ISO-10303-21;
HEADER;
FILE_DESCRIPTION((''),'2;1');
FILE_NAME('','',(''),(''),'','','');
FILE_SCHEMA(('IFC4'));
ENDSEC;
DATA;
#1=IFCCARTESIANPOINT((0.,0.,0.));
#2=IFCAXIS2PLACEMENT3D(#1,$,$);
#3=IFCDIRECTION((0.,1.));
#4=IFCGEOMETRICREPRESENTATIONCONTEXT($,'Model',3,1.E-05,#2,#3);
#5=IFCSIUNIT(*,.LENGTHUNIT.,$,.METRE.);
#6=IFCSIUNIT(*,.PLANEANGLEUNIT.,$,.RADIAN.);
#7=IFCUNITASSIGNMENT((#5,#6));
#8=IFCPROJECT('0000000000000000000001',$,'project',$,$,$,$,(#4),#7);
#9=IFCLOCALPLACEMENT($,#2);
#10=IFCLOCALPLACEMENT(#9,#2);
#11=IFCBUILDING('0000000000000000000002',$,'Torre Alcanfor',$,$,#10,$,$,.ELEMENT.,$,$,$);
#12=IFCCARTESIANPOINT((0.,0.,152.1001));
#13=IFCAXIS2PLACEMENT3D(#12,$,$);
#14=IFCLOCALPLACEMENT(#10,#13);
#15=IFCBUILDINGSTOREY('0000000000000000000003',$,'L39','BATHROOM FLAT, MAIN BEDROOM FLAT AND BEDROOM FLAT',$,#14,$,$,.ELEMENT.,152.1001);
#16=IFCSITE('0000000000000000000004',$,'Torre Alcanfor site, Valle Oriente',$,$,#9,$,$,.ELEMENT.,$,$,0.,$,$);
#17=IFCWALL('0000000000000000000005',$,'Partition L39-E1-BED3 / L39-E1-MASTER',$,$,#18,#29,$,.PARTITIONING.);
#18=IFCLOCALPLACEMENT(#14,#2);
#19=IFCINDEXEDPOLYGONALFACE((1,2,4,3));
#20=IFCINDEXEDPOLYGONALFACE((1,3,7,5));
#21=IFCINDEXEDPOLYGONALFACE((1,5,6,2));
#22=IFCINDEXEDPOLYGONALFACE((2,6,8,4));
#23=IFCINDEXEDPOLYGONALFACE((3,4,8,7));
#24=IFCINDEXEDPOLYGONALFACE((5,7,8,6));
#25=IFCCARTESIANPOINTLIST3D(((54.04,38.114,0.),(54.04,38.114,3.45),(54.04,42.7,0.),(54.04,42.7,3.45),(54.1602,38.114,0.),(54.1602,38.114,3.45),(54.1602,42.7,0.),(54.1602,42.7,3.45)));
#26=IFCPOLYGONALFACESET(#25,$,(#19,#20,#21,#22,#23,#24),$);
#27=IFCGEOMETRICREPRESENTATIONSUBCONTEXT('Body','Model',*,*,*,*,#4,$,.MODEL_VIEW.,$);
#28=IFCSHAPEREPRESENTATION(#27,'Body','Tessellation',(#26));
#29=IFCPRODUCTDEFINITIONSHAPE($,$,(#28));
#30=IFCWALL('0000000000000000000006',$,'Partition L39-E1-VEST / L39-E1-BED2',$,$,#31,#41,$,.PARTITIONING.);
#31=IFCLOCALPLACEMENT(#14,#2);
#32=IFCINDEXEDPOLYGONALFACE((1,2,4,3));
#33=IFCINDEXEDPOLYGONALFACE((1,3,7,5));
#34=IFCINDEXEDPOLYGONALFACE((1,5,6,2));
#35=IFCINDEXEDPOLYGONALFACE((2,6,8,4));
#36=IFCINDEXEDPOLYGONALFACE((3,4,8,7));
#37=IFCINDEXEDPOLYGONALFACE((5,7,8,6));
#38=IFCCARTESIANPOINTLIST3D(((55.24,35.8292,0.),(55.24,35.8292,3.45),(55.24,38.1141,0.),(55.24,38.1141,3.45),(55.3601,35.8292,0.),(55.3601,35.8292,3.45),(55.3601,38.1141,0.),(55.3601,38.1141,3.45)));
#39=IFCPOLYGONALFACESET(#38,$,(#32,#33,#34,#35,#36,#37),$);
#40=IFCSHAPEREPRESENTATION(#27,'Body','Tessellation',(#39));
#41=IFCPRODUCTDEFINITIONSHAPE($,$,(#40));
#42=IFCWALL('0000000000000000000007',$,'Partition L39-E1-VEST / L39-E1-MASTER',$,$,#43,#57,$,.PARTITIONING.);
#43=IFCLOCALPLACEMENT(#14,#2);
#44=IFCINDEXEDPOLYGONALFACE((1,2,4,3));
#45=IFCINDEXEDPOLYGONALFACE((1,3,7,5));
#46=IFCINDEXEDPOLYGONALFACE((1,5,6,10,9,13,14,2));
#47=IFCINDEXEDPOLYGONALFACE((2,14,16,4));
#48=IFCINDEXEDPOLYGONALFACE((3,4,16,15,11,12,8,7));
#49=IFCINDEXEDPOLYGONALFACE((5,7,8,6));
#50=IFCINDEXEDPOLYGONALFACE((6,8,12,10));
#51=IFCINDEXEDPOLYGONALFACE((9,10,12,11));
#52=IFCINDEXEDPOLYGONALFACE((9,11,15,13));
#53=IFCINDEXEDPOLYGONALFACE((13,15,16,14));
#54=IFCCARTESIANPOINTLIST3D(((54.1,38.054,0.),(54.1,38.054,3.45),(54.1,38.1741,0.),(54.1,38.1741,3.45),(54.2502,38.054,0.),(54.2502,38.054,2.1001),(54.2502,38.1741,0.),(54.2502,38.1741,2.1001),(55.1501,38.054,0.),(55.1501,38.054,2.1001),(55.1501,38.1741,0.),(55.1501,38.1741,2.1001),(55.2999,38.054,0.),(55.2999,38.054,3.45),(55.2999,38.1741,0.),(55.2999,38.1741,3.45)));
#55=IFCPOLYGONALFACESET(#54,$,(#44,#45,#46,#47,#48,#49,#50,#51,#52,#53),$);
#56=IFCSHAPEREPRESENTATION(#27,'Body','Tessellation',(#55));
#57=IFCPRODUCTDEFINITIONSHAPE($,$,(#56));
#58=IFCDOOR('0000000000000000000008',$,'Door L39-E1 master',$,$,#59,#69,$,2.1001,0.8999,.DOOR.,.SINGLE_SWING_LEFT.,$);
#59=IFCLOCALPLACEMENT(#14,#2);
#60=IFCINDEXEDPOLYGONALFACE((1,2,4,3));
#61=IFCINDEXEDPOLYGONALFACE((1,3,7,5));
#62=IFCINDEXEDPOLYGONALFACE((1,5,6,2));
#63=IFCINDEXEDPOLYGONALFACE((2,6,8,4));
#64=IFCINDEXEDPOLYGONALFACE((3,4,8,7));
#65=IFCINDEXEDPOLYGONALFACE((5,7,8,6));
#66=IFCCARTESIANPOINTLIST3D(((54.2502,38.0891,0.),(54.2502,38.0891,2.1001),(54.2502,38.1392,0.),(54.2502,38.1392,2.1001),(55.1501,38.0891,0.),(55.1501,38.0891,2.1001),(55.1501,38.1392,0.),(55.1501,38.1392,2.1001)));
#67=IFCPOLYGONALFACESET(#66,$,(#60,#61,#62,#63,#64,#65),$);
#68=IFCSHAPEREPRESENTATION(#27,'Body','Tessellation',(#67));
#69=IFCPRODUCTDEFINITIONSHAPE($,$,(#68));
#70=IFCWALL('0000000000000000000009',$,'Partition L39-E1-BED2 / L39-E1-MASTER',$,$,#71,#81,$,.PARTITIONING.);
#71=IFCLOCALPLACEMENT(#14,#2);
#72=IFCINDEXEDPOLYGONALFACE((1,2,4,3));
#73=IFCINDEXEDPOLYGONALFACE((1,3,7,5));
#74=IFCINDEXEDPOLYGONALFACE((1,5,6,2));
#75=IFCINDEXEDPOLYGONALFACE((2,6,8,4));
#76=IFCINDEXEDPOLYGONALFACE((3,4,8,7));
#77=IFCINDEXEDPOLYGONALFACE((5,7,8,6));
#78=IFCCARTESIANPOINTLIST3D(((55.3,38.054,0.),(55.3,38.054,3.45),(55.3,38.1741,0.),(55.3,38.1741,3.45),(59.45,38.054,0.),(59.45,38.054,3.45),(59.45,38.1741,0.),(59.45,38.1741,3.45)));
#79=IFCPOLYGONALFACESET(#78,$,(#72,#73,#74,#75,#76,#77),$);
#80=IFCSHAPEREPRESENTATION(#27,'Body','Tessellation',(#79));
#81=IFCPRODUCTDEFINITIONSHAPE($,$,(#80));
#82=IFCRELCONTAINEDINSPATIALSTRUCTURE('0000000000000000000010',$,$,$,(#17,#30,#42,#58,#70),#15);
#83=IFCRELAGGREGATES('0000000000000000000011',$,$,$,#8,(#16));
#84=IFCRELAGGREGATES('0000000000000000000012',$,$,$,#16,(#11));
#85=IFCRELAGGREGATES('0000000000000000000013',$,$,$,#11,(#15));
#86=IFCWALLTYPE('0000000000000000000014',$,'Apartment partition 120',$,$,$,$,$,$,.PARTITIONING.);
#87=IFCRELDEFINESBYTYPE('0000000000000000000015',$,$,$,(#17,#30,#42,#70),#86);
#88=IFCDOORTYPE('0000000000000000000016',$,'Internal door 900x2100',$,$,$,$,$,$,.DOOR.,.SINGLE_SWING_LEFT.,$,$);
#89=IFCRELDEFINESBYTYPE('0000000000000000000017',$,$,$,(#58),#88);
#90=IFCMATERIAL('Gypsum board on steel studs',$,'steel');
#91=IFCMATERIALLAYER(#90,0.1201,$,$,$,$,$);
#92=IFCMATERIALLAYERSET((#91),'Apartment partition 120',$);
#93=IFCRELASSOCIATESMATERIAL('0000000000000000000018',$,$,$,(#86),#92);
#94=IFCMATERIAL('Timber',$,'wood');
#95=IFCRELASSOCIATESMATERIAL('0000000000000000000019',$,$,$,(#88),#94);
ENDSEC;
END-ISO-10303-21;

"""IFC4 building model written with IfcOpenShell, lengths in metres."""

from ifc_helpers import new_model, si_unit, direction, frame, frame_2d, origin, place, context, subcontext, project, spatial, rectangle, extrude, material, layer, layer_set, type_object, element, fill, save


model = new_model("IFC4")

# Units and contexts
model_context = context("Model", 3, precision=1e-05, world=origin(), true_north=direction((0.0, 1.0)))
body_context = subcontext(model_context, "Body", "Model", "MODEL_VIEW")
ifc_project = project(units=[si_unit("LENGTHUNIT", "METRE"), si_unit("PLANEANGLEUNIT", "RADIAN")], contexts=[model_context])

# Site, building, storey
site_placement = place(None, origin())
site = spatial("IfcSite", under=ifc_project, at=site_placement, Name="Torre Alcanfor site, Valle Oriente", CompositionType="ELEMENT", RefElevation=0.0)
building_placement = place(site_placement, origin())
building = spatial("IfcBuilding", under=site, at=building_placement, Name="Torre Alcanfor", CompositionType="ELEMENT")
storey_placement = place(building_placement, frame((0.0, 0.0, 152.1001)))
storey = spatial("IfcBuildingStorey", under=building, at=storey_placement, Name="L39", Description="BATHROOM FLAT, MAIN BEDROOM FLAT AND BEDROOM FLAT", CompositionType="ELEMENT", Elevation=152.1001)

# Shared definitions
ifc_material_1 = material(Name="Gypsum board on steel studs", Category="steel")
ifc_layer_1 = layer(ifc_material_1, 0.1201)
ifc_layer_set_1 = layer_set([ifc_layer_1], Name="Apartment partition 120")
wall_type_1 = type_object("IfcWallType", Name="Apartment partition 120", PredefinedType="PARTITIONING", material=ifc_layer_set_1)
ifc_material_2 = material(Name="Timber", Category="wood")
door_type_1 = type_object("IfcDoorType", Name="Internal door 900x2100", OperationType="SINGLE_SWING_LEFT", PredefinedType="DOOR", material=ifc_material_2)

# Walls
wall_1_placement = place(storey_placement, frame((54.1001, 38.114, 0.0), z_axis=(0.0, 0.0, 1.0), x_axis=(0.0, 1.0, 0.0)))
element("IfcWall", 1, at=wall_1_placement, inside=storey, type_object=wall_type_1, Name="Partition L39-E1-BED3 / L39-E1-MASTER", PredefinedType="PARTITIONING", context=body_context, shape_type="SweptSolid", body=[
    extrude(rectangle(XDim=4.5859, YDim=0.1201, at=frame_2d((2.293, 0.0))), origin(), (0.0, 0.0, 1.0), 3.45),
])
wall_2_placement = place(storey_placement, frame((55.3, 35.8291, 0.0), z_axis=(0.0, 0.0, 1.0), x_axis=(0.0, 1.0, 0.0)))
element("IfcWall", 2, at=wall_2_placement, inside=storey, type_object=wall_type_1, Name="Partition L39-E1-VEST / L39-E1-BED2", PredefinedType="PARTITIONING", context=body_context, shape_type="SweptSolid", body=[
    extrude(rectangle(XDim=2.2849, YDim=0.1201, at=frame_2d((1.1426, 0.0))), origin(), (0.0, 0.0, 1.0), 3.45),
])

# Wall, opening, door
wall_3_placement = place(storey_placement, frame((55.3, 38.114, 0.0), z_axis=(0.0, 0.0, 1.0), x_axis=(-1.0, 0.0, 0.0)))
wall_3 = element("IfcWall", 3, at=wall_3_placement, inside=storey, type_object=wall_type_1, Name="Partition L39-E1-VEST / L39-E1-MASTER", PredefinedType="PARTITIONING", context=body_context, shape_type="SweptSolid", body=[
    extrude(rectangle(XDim=1.2, YDim=0.1201, at=frame_2d((0.6001, 0.0))), origin(), (0.0, 0.0, 1.0), 3.45),
])
opening_1_placement = place(wall_3_placement, frame((0.1499, 0.0, 0.0)))
opening_1 = element("IfcOpeningElement", 4, at=opening_1_placement, cuts=wall_3, PredefinedType="OPENING", context=body_context, shape_type="SweptSolid", body=[
    extrude(rectangle(XDim=0.8999, YDim=2.1001, at=frame_2d((0.45, 1.05))), frame((0.0, 0.0701, 0.0), z_axis=(0.0, -1.0, 0.0), x_axis=(1.0, 0.0, 0.0)), (0.0, 0.0, 1.0), 0.1401),
])
door_1_placement = place(opening_1_placement, origin())
door_1 = element("IfcDoor", 5, at=door_1_placement, inside=storey, type_object=door_type_1, Name="Door L39-E1 master", OperationType="SINGLE_SWING_LEFT", OverallHeight=2.1001, OverallWidth=0.8999, PredefinedType="DOOR", context=body_context, shape_type="SweptSolid", body=[
    extrude(rectangle(XDim=0.8999, YDim=2.1001, at=frame_2d((0.45, 1.05))), frame((0.0, 0.0249, 0.0), z_axis=(0.0, -1.0, 0.0), x_axis=(1.0, 0.0, 0.0)), (0.0, 0.0, 1.0), 0.05),
])
fill(opening_1, door_1)

# Wall
wall_4_placement = place(storey_placement, frame((59.45, 38.114, 0.0), z_axis=(0.0, 0.0, 1.0), x_axis=(-1.0, 0.0, 0.0)))
element("IfcWall", 6, at=wall_4_placement, inside=storey, type_object=wall_type_1, Name="Partition L39-E1-BED2 / L39-E1-MASTER", PredefinedType="PARTITIONING", context=body_context, shape_type="SweptSolid", body=[
    extrude(rectangle(XDim=4.1499, YDim=0.1201, at=frame_2d((2.075, 0.0))), origin(), (0.0, 0.0, 1.0), 3.45),
])

save(model, "model.ifc")
